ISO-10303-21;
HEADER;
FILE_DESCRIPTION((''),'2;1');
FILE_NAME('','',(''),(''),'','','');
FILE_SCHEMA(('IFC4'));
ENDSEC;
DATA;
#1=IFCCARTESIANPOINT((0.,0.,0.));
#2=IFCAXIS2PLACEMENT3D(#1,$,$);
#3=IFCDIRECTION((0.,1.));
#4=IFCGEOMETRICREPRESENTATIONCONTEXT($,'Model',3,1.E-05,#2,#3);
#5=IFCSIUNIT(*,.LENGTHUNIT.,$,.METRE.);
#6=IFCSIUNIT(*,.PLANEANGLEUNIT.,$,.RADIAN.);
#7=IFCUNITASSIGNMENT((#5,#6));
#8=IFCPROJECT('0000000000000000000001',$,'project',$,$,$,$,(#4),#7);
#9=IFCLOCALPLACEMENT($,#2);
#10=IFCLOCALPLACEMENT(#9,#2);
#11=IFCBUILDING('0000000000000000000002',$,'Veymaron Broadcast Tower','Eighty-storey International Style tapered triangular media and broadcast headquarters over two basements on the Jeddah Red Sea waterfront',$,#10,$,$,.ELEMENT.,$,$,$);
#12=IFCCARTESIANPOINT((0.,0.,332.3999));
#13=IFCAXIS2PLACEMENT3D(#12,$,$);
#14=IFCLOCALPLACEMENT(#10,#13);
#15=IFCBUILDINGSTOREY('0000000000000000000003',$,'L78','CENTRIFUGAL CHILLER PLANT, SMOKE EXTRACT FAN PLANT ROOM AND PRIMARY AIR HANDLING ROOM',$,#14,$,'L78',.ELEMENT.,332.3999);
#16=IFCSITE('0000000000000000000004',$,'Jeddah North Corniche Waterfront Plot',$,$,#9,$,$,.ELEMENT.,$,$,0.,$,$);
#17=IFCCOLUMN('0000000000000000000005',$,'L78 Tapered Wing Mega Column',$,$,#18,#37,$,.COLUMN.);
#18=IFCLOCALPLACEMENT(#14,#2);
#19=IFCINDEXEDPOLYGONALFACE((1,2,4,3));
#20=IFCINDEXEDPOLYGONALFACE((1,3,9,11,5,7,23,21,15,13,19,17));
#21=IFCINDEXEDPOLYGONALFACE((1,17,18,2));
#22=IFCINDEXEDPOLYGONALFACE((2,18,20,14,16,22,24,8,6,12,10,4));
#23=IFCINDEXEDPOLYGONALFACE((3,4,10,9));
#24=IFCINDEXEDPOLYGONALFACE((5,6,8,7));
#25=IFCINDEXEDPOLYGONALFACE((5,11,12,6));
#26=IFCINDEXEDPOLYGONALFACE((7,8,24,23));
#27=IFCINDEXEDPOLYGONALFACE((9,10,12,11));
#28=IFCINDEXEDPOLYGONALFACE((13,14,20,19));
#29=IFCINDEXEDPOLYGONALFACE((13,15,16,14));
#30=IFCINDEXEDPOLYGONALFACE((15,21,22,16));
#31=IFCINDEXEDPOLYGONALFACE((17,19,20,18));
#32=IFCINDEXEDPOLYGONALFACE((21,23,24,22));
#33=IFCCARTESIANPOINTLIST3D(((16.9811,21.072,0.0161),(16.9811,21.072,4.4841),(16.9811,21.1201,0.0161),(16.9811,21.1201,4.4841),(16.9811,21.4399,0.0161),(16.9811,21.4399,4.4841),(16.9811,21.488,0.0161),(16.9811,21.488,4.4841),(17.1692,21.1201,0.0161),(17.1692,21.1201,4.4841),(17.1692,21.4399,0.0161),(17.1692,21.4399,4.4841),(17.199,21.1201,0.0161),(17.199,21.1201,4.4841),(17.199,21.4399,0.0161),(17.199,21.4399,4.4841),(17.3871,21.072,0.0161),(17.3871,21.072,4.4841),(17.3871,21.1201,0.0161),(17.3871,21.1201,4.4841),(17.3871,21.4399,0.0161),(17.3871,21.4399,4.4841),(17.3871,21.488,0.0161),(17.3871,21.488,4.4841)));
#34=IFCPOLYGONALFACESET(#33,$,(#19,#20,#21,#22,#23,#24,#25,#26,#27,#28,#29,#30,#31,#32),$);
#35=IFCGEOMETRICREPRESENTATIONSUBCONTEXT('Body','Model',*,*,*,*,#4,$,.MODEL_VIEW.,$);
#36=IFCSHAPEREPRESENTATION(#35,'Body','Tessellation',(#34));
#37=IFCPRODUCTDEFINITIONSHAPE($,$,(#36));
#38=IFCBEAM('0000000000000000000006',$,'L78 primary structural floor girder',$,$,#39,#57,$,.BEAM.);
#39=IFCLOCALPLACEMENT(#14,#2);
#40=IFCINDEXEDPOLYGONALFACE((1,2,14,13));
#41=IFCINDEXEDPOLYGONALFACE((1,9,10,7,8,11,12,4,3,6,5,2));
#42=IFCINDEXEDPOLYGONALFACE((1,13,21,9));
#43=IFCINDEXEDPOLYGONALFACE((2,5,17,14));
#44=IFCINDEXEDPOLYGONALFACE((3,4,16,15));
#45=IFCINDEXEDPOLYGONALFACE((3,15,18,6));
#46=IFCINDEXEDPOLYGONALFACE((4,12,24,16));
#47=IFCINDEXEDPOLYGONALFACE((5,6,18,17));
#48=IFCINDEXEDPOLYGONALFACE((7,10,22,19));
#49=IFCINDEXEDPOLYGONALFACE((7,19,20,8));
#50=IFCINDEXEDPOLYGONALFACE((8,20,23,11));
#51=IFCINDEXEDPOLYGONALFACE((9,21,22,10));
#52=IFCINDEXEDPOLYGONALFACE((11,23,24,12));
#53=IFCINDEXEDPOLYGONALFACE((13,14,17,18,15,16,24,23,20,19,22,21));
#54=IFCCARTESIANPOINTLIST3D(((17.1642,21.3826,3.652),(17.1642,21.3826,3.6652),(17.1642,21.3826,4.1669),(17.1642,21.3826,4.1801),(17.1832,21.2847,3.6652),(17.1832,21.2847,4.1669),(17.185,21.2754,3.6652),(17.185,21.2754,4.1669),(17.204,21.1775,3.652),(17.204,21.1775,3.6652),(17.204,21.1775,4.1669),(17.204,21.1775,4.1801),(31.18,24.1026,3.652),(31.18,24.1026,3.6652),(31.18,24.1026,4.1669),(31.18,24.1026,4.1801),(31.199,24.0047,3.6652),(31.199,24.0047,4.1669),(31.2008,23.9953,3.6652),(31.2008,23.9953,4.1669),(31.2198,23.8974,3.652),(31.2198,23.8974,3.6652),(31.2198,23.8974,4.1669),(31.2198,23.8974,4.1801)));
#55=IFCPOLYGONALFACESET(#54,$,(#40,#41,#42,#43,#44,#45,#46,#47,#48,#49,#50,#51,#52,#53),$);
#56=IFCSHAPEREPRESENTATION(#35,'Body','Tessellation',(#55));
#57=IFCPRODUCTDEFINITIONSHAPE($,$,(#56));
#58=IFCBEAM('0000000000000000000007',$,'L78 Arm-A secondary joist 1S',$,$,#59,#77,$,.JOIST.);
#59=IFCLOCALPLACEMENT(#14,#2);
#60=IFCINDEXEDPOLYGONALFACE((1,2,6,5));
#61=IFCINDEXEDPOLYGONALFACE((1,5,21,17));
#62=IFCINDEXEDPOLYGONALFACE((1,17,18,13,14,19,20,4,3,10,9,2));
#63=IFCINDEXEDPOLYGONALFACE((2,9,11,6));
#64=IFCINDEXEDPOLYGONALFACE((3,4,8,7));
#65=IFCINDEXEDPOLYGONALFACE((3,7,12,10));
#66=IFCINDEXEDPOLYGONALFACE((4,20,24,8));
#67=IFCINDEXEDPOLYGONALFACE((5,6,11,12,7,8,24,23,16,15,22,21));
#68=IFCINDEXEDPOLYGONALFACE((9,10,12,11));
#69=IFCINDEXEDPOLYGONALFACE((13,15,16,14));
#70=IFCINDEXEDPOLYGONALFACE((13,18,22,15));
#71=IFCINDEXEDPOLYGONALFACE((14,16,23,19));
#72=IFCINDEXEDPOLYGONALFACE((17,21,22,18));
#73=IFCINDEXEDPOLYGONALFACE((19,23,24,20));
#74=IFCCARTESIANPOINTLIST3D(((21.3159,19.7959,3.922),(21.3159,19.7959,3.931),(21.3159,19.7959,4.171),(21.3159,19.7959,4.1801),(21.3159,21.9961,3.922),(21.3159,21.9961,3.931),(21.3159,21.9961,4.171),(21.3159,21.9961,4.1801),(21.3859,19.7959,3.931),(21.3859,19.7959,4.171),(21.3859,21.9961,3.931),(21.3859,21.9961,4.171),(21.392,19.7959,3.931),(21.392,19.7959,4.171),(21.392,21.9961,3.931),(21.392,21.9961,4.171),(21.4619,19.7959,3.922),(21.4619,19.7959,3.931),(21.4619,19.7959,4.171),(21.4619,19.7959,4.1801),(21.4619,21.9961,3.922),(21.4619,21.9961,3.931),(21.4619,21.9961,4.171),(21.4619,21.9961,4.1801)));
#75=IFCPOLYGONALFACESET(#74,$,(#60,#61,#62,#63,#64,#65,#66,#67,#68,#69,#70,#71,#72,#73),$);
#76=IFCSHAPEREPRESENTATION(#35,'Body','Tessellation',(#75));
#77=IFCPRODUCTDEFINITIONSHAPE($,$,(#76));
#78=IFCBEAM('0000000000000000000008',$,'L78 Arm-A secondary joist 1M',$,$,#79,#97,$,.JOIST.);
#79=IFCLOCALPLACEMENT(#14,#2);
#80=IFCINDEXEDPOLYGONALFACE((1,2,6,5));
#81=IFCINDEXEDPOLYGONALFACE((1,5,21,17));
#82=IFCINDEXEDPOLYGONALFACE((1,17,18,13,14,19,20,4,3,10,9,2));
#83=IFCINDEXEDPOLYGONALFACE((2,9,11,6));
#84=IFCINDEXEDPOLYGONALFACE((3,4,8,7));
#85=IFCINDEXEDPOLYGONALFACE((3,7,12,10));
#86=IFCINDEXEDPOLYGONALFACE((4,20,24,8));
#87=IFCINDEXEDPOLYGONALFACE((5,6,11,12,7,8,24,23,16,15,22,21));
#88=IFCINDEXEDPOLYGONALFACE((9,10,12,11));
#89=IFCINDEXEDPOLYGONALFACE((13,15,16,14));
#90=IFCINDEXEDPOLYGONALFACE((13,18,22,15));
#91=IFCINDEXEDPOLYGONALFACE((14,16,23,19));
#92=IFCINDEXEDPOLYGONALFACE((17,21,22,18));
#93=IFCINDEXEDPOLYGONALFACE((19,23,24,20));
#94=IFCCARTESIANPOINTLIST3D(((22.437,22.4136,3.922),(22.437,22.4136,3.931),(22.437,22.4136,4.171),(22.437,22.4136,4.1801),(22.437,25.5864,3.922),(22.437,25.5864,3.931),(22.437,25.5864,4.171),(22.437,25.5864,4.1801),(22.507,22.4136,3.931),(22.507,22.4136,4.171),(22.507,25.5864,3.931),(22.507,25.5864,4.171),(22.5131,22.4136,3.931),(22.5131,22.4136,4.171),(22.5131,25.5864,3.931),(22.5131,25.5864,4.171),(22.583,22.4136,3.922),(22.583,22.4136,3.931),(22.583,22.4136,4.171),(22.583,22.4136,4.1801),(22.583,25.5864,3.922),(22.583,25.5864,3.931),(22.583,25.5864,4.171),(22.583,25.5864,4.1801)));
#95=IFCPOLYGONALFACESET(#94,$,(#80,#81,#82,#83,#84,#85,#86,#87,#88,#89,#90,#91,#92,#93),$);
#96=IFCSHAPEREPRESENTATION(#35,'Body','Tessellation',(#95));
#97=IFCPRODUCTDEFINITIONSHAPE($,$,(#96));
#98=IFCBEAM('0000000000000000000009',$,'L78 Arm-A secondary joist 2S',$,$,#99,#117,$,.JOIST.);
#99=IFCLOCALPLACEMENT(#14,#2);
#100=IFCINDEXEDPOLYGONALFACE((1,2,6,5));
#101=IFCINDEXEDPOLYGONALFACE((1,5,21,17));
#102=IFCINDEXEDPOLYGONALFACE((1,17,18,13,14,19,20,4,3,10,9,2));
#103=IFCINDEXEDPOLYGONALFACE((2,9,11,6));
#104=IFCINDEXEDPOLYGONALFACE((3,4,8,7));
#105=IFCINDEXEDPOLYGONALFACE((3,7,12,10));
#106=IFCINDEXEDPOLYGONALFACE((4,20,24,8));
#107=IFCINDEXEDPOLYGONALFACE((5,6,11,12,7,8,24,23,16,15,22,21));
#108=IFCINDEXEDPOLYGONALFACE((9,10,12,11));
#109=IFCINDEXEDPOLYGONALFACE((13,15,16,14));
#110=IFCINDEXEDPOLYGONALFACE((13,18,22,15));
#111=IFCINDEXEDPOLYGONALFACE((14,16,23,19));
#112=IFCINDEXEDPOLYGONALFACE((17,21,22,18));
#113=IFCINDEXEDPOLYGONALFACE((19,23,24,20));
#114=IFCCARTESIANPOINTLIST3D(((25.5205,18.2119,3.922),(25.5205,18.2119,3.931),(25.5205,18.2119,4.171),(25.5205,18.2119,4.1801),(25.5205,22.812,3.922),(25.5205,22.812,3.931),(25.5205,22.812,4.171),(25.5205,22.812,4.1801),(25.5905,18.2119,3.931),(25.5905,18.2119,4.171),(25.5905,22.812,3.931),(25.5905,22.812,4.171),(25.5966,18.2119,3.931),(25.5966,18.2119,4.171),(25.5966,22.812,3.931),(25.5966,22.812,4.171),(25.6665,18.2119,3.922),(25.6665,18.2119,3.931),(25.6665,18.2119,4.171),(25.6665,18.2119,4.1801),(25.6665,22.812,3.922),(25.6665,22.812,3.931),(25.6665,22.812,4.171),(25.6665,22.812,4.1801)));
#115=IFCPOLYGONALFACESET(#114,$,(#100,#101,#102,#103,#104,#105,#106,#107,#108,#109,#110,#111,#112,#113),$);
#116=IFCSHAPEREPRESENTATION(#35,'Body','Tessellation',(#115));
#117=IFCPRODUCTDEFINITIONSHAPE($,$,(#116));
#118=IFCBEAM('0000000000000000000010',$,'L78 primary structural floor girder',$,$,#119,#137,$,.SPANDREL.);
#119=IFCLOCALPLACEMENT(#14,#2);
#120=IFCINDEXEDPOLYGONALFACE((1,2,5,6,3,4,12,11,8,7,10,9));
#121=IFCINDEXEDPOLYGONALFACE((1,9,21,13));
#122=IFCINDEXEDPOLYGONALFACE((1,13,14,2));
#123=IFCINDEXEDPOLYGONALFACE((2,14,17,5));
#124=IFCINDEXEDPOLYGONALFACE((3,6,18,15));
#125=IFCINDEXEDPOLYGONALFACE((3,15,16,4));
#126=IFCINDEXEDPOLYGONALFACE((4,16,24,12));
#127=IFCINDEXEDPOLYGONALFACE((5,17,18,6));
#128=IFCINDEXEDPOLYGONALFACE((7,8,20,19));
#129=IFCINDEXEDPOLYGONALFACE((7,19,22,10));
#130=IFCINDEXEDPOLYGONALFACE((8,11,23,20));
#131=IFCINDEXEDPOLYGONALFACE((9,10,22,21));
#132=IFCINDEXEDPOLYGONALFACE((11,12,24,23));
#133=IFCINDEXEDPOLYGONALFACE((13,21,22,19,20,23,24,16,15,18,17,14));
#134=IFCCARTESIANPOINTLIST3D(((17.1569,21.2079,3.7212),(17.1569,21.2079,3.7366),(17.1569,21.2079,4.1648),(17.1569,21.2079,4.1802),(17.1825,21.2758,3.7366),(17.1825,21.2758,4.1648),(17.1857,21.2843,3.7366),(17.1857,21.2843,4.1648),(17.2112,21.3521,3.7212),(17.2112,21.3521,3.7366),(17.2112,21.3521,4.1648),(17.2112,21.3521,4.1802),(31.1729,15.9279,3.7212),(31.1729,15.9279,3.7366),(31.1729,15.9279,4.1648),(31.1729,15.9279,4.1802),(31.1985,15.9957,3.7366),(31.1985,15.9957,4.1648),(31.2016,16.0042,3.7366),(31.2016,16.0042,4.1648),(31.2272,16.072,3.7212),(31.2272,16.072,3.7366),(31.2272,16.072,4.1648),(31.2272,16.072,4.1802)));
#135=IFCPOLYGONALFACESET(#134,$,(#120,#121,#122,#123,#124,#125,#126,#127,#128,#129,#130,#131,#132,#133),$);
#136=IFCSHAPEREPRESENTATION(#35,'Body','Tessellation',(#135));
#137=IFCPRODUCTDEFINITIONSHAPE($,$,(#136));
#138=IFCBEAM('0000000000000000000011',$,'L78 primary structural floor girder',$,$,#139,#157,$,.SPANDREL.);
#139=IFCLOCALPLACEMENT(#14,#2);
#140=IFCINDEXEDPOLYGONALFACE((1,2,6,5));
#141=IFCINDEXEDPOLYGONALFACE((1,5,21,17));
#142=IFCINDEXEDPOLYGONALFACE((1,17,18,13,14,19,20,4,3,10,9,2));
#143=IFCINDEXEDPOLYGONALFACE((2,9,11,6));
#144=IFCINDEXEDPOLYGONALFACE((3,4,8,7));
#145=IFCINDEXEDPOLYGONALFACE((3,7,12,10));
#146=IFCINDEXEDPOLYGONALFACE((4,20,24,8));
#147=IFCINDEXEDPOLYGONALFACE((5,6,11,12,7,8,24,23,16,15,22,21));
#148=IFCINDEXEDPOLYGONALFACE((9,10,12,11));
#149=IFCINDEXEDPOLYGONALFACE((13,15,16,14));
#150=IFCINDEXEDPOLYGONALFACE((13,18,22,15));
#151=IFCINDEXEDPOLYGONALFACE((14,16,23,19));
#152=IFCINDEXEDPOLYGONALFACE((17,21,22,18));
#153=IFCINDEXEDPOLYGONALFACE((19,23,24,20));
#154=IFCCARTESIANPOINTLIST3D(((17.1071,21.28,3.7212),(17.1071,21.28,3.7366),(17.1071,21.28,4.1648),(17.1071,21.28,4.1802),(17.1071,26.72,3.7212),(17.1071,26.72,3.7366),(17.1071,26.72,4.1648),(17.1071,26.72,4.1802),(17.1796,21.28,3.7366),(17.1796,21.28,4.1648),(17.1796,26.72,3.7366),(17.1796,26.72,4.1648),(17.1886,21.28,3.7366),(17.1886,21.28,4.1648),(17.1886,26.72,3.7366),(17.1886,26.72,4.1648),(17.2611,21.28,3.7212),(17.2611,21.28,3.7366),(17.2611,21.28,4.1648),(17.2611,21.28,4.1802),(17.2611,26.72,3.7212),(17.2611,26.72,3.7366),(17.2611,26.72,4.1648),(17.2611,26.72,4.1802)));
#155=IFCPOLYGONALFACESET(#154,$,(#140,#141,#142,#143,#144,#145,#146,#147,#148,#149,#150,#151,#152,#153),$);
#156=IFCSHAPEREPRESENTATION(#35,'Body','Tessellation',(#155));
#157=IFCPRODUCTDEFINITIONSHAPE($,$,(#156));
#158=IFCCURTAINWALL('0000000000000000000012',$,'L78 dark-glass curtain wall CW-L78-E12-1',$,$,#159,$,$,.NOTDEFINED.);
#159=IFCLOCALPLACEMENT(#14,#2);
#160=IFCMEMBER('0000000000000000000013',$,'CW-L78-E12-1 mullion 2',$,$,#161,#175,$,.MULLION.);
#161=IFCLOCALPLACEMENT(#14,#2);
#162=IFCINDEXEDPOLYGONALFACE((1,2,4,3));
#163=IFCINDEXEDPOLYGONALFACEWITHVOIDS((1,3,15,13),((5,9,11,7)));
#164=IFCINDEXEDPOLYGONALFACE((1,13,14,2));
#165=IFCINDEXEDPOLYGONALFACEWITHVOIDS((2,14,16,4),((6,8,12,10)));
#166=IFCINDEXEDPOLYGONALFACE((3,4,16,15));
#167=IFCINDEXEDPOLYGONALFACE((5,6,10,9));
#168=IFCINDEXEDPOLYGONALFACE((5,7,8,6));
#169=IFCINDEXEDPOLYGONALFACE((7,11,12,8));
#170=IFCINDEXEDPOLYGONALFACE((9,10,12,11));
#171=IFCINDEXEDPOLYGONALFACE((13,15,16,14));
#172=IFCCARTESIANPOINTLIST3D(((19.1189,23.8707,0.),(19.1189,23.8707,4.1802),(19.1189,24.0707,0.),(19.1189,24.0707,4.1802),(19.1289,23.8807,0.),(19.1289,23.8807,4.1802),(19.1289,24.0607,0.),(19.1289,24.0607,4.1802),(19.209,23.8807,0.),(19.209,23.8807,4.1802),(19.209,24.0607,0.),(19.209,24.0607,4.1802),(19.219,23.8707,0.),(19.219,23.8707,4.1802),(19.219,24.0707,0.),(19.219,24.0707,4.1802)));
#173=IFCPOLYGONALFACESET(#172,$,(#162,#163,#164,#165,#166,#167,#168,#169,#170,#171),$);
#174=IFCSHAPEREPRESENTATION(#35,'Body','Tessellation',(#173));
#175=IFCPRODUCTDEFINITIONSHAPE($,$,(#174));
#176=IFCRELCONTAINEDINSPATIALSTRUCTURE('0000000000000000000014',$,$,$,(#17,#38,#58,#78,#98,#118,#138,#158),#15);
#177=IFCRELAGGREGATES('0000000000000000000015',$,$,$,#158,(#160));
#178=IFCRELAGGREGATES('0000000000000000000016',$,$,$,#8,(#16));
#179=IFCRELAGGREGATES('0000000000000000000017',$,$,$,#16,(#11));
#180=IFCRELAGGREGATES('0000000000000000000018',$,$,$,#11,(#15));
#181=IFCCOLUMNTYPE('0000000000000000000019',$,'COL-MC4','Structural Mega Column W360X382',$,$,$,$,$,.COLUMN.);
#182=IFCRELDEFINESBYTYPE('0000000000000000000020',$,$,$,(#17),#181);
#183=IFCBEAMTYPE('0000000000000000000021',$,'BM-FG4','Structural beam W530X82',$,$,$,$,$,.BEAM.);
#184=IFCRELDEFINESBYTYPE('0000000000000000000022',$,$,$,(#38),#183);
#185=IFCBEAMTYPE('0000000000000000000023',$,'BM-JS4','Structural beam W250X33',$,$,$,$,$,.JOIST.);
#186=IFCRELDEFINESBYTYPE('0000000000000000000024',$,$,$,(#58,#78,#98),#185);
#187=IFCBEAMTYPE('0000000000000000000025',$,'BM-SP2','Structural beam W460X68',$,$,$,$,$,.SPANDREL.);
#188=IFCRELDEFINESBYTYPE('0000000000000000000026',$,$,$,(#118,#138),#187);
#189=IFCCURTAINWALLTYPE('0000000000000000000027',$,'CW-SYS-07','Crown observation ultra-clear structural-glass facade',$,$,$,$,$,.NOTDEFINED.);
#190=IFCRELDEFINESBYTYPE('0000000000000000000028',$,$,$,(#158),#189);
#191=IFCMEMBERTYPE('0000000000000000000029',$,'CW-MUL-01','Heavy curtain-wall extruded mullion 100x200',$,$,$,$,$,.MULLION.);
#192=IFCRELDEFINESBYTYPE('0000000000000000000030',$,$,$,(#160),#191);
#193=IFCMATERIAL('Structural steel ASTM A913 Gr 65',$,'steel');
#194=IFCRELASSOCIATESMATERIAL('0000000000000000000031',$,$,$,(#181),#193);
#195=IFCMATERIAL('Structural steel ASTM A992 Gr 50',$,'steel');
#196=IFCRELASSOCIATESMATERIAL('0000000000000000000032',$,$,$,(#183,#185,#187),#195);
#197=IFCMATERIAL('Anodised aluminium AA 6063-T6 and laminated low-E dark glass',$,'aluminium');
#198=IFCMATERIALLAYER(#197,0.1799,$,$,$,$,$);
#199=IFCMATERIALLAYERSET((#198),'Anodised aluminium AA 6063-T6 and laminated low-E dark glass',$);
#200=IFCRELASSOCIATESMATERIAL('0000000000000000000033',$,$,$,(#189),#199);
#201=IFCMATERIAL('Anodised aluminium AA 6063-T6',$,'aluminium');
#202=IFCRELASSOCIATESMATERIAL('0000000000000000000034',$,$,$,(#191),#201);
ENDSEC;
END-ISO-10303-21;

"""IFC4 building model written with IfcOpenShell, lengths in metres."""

from ifc_helpers import new_model, si_unit, direction, frame, origin, origin_2d, place, context, subcontext, project, spatial, hollow_rectangle, i_section, extrude, material, layer, layer_set, material_profile, profile_set, type_object, element, aggregate, save


model = new_model("IFC4")

# Units and contexts
model_context = context("Model", 3, precision=1e-05, world=origin(), true_north=direction((0.0, 1.0)))
body_context = subcontext(model_context, "Body", "Model", "MODEL_VIEW")
ifc_project = project(units=[si_unit("LENGTHUNIT", "METRE"), si_unit("PLANEANGLEUNIT", "RADIAN")], contexts=[model_context])

# Site, building, storey
site_placement = place(None, origin())
site = spatial("IfcSite", under=ifc_project, at=site_placement, Name="Jeddah North Corniche Waterfront Plot", CompositionType="ELEMENT", RefElevation=0.0)
building_placement = place(site_placement, origin())
building = spatial("IfcBuilding", under=site, at=building_placement, Name="Veymaron Broadcast Tower", Description="Eighty-storey International Style tapered triangular media and broadcast headquarters over two basements on the Jeddah Red Sea waterfront", CompositionType="ELEMENT")
storey_placement = place(building_placement, frame((0.0, 0.0, 332.3999)))
storey = spatial("IfcBuildingStorey", under=building, at=storey_placement, Name="L78", Description="CENTRIFUGAL CHILLER PLANT, SMOKE EXTRACT FAN PLANT ROOM AND PRIMARY AIR HANDLING ROOM", LongName="L78", CompositionType="ELEMENT", Elevation=332.3999)

# Column
ifc_material_1 = material(Name="Structural steel ASTM A913 Gr 65", Category="steel")
ifc_material_profile_1 = material_profile(ifc_material_1, i_section(OverallWidth=0.406, OverallDepth=0.416, WebThickness=0.0298, FlangeThickness=0.0481, at=origin_2d()), Name="W360X382")
ifc_profile_set_1 = profile_set([ifc_material_profile_1], Name="Structural steel ASTM A913 Gr 65")
column_type = type_object("IfcColumnType", Name="COL-MC4", Description="Structural Mega Column W360X382", PredefinedType="COLUMN", material=ifc_profile_set_1)
column_placement = place(storey_placement, frame((17.1841, 21.28, 0.0161), z_axis=(0.0, 0.0, 1.0), x_axis=(1.0, 0.0, 0.0)))
element("IfcColumn", 1, at=column_placement, inside=storey, type_object=column_type, Name="L78 Tapered Wing Mega Column", PredefinedType="COLUMN", context=body_context, shape_type="SweptSolid", body=[
    extrude(i_section(OverallWidth=0.406, OverallDepth=0.416, WebThickness=0.0298, FlangeThickness=0.0481, at=origin_2d()), origin(), (0.0, 0.0, 1.0), 4.468),
])

# Beams
ifc_material_2 = material(Name="Structural steel ASTM A992 Gr 50", Category="steel")
ifc_material_profile_2 = material_profile(ifc_material_2, i_section(OverallWidth=0.209, OverallDepth=0.5281, WebThickness=0.0095, FlangeThickness=0.0132, at=origin_2d()), Name="W530X82")
ifc_profile_set_2 = profile_set([ifc_material_profile_2], Name="Structural steel ASTM A992 Gr 50")
beam_type_1 = type_object("IfcBeamType", Name="BM-FG4", Description="Structural beam W530X82", PredefinedType="BEAM", material=ifc_profile_set_2)
beam_1_placement = place(storey_placement, frame((17.1841, 21.28, 3.916), z_axis=(0.981685, 0.190509, 0.0), x_axis=(-0.190509, 0.981685, 0.0)))
element("IfcBeam", 2, at=beam_1_placement, inside=storey, type_object=beam_type_1, Name="L78 primary structural floor girder", PredefinedType="BEAM", context=body_context, shape_type="SweptSolid", body=[
    extrude(i_section(OverallWidth=0.209, OverallDepth=0.5281, WebThickness=0.0095, FlangeThickness=0.0132, at=origin_2d()), origin(), (0.0, 0.0, 1.0), 14.2773),
])
ifc_material_profile_3 = material_profile(ifc_material_2, i_section(OverallWidth=0.146, OverallDepth=0.2581, WebThickness=0.0061, FlangeThickness=0.009, at=origin_2d()), Name="W250X33")
ifc_profile_set_3 = profile_set([ifc_material_profile_3], Name="Structural steel ASTM A992 Gr 50")
beam_type_2 = type_object("IfcBeamType", Name="BM-JS4", Description="Structural beam W250X33", PredefinedType="JOIST", material=ifc_profile_set_3)
beam_2_placement = place(storey_placement, frame((21.3889, 19.7959, 4.051), z_axis=(0.0, 1.0, 0.0), x_axis=(-1.0, 0.0, 0.0)))
element("IfcBeam", 3, at=beam_2_placement, inside=storey, type_object=beam_type_2, Name="L78 Arm-A secondary joist 1S", PredefinedType="JOIST", context=body_context, shape_type="SweptSolid", body=[
    extrude(i_section(OverallWidth=0.146, OverallDepth=0.2581, WebThickness=0.0061, FlangeThickness=0.009, at=origin_2d()), origin(), (0.0, 0.0, 1.0), 2.2002),
])
beam_3_placement = place(storey_placement, frame((22.51, 22.4136, 4.051), z_axis=(0.0, 1.0, 0.0), x_axis=(-1.0, 0.0, 0.0)))
element("IfcBeam", 4, at=beam_3_placement, inside=storey, type_object=beam_type_2, Name="L78 Arm-A secondary joist 1M", PredefinedType="JOIST", context=body_context, shape_type="SweptSolid", body=[
    extrude(i_section(OverallWidth=0.146, OverallDepth=0.2581, WebThickness=0.0061, FlangeThickness=0.009, at=origin_2d()), origin(), (0.0, 0.0, 1.0), 3.1729),
])
beam_4_placement = place(storey_placement, frame((25.5935, 18.2119, 4.051), z_axis=(0.0, 1.0, 0.0), x_axis=(-1.0, 0.0, 0.0)))
element("IfcBeam", 5, at=beam_4_placement, inside=storey, type_object=beam_type_2, Name="L78 Arm-A secondary joist 2S", PredefinedType="JOIST", context=body_context, shape_type="SweptSolid", body=[
    extrude(i_section(OverallWidth=0.146, OverallDepth=0.2581, WebThickness=0.0061, FlangeThickness=0.009, at=origin_2d()), origin(), (0.0, 0.0, 1.0), 4.6001),
])
ifc_material_profile_4 = material_profile(ifc_material_2, i_section(OverallWidth=0.1541, OverallDepth=0.459, WebThickness=0.009, FlangeThickness=0.0154, at=origin_2d()), Name="W460X68")
ifc_profile_set_4 = profile_set([ifc_material_profile_4], Name="Structural steel ASTM A992 Gr 50")
beam_type_3 = type_object("IfcBeamType", Name="BM-SP2", Description="Structural beam W460X68", PredefinedType="SPANDREL", material=ifc_profile_set_4)
beam_5_placement = place(storey_placement, frame((17.1841, 21.28, 3.9507), z_axis=(0.9358, -0.352532, 0.0), x_axis=(0.352532, 0.9358, 0.0)))
element("IfcBeam", 6, at=beam_5_placement, inside=storey, type_object=beam_type_3, Name="L78 primary structural floor girder", PredefinedType="SPANDREL", context=body_context, shape_type="SweptSolid", body=[
    extrude(i_section(OverallWidth=0.1541, OverallDepth=0.459, WebThickness=0.009, FlangeThickness=0.0154, at=origin_2d()), origin(), (0.0, 0.0, 1.0), 14.9775),
])
beam_6_placement = place(storey_placement, frame((17.1841, 21.28, 3.9507), z_axis=(0.0, 1.0, 0.0), x_axis=(-1.0, 0.0, 0.0)))
element("IfcBeam", 7, at=beam_6_placement, inside=storey, type_object=beam_type_3, Name="L78 primary structural floor girder", PredefinedType="SPANDREL", context=body_context, shape_type="SweptSolid", body=[
    extrude(i_section(OverallWidth=0.1541, OverallDepth=0.459, WebThickness=0.009, FlangeThickness=0.0154, at=origin_2d()), origin(), (0.0, 0.0, 1.0), 5.4399),
])

# Curtain wall, member
ifc_material_3 = material(Name="Anodised aluminium AA 6063-T6 and laminated low-E dark glass", Category="aluminium")
ifc_layer_1 = layer(ifc_material_3, 0.1799)
ifc_layer_set_1 = layer_set([ifc_layer_1], Name="Anodised aluminium AA 6063-T6 and laminated low-E dark glass")
curtain_wall_type = type_object("IfcCurtainWallType", Name="CW-SYS-07", Description="Crown observation ultra-clear structural-glass facade", PredefinedType="NOTDEFINED", material=ifc_layer_set_1)
curtain_wall_1_placement = place(storey_placement, origin())
curtain_wall_1 = element("IfcCurtainWall", 8, at=curtain_wall_1_placement, inside=storey, type_object=curtain_wall_type, Name="L78 dark-glass curtain wall CW-L78-E12-1", PredefinedType="NOTDEFINED")
ifc_material_4 = material(Name="Anodised aluminium AA 6063-T6", Category="aluminium")
ifc_material_profile_5 = material_profile(ifc_material_4, hollow_rectangle(XDim=0.1001, YDim=0.2, WallThickness=0.01, at=origin_2d()), Name="RHS200X100X10")
ifc_profile_set_5 = profile_set([ifc_material_profile_5], Name="Anodised aluminium AA 6063-T6")
member_type_1 = type_object("IfcMemberType", Name="CW-MUL-01", Description="Heavy curtain-wall extruded mullion 100x200", PredefinedType="MULLION", material=ifc_profile_set_5)
member_1_placement = place(storey_placement, frame((19.1689, 23.9707, 0.0), z_axis=(0.0, 0.0, 1.0), x_axis=(1.0, 0.0, 0.0)))
member_1 = element("IfcMember", 9, at=member_1_placement, type_object=member_type_1, Name="CW-L78-E12-1 mullion 2", PredefinedType="MULLION", context=body_context, shape_type="SweptSolid", body=[
    extrude(hollow_rectangle(XDim=0.1001, YDim=0.2, WallThickness=0.01, at=origin_2d()), origin(), (0.0, 0.0, 1.0), 4.1802),
])
aggregate(curtain_wall_1, [member_1])

save(model, "model.ifc")
